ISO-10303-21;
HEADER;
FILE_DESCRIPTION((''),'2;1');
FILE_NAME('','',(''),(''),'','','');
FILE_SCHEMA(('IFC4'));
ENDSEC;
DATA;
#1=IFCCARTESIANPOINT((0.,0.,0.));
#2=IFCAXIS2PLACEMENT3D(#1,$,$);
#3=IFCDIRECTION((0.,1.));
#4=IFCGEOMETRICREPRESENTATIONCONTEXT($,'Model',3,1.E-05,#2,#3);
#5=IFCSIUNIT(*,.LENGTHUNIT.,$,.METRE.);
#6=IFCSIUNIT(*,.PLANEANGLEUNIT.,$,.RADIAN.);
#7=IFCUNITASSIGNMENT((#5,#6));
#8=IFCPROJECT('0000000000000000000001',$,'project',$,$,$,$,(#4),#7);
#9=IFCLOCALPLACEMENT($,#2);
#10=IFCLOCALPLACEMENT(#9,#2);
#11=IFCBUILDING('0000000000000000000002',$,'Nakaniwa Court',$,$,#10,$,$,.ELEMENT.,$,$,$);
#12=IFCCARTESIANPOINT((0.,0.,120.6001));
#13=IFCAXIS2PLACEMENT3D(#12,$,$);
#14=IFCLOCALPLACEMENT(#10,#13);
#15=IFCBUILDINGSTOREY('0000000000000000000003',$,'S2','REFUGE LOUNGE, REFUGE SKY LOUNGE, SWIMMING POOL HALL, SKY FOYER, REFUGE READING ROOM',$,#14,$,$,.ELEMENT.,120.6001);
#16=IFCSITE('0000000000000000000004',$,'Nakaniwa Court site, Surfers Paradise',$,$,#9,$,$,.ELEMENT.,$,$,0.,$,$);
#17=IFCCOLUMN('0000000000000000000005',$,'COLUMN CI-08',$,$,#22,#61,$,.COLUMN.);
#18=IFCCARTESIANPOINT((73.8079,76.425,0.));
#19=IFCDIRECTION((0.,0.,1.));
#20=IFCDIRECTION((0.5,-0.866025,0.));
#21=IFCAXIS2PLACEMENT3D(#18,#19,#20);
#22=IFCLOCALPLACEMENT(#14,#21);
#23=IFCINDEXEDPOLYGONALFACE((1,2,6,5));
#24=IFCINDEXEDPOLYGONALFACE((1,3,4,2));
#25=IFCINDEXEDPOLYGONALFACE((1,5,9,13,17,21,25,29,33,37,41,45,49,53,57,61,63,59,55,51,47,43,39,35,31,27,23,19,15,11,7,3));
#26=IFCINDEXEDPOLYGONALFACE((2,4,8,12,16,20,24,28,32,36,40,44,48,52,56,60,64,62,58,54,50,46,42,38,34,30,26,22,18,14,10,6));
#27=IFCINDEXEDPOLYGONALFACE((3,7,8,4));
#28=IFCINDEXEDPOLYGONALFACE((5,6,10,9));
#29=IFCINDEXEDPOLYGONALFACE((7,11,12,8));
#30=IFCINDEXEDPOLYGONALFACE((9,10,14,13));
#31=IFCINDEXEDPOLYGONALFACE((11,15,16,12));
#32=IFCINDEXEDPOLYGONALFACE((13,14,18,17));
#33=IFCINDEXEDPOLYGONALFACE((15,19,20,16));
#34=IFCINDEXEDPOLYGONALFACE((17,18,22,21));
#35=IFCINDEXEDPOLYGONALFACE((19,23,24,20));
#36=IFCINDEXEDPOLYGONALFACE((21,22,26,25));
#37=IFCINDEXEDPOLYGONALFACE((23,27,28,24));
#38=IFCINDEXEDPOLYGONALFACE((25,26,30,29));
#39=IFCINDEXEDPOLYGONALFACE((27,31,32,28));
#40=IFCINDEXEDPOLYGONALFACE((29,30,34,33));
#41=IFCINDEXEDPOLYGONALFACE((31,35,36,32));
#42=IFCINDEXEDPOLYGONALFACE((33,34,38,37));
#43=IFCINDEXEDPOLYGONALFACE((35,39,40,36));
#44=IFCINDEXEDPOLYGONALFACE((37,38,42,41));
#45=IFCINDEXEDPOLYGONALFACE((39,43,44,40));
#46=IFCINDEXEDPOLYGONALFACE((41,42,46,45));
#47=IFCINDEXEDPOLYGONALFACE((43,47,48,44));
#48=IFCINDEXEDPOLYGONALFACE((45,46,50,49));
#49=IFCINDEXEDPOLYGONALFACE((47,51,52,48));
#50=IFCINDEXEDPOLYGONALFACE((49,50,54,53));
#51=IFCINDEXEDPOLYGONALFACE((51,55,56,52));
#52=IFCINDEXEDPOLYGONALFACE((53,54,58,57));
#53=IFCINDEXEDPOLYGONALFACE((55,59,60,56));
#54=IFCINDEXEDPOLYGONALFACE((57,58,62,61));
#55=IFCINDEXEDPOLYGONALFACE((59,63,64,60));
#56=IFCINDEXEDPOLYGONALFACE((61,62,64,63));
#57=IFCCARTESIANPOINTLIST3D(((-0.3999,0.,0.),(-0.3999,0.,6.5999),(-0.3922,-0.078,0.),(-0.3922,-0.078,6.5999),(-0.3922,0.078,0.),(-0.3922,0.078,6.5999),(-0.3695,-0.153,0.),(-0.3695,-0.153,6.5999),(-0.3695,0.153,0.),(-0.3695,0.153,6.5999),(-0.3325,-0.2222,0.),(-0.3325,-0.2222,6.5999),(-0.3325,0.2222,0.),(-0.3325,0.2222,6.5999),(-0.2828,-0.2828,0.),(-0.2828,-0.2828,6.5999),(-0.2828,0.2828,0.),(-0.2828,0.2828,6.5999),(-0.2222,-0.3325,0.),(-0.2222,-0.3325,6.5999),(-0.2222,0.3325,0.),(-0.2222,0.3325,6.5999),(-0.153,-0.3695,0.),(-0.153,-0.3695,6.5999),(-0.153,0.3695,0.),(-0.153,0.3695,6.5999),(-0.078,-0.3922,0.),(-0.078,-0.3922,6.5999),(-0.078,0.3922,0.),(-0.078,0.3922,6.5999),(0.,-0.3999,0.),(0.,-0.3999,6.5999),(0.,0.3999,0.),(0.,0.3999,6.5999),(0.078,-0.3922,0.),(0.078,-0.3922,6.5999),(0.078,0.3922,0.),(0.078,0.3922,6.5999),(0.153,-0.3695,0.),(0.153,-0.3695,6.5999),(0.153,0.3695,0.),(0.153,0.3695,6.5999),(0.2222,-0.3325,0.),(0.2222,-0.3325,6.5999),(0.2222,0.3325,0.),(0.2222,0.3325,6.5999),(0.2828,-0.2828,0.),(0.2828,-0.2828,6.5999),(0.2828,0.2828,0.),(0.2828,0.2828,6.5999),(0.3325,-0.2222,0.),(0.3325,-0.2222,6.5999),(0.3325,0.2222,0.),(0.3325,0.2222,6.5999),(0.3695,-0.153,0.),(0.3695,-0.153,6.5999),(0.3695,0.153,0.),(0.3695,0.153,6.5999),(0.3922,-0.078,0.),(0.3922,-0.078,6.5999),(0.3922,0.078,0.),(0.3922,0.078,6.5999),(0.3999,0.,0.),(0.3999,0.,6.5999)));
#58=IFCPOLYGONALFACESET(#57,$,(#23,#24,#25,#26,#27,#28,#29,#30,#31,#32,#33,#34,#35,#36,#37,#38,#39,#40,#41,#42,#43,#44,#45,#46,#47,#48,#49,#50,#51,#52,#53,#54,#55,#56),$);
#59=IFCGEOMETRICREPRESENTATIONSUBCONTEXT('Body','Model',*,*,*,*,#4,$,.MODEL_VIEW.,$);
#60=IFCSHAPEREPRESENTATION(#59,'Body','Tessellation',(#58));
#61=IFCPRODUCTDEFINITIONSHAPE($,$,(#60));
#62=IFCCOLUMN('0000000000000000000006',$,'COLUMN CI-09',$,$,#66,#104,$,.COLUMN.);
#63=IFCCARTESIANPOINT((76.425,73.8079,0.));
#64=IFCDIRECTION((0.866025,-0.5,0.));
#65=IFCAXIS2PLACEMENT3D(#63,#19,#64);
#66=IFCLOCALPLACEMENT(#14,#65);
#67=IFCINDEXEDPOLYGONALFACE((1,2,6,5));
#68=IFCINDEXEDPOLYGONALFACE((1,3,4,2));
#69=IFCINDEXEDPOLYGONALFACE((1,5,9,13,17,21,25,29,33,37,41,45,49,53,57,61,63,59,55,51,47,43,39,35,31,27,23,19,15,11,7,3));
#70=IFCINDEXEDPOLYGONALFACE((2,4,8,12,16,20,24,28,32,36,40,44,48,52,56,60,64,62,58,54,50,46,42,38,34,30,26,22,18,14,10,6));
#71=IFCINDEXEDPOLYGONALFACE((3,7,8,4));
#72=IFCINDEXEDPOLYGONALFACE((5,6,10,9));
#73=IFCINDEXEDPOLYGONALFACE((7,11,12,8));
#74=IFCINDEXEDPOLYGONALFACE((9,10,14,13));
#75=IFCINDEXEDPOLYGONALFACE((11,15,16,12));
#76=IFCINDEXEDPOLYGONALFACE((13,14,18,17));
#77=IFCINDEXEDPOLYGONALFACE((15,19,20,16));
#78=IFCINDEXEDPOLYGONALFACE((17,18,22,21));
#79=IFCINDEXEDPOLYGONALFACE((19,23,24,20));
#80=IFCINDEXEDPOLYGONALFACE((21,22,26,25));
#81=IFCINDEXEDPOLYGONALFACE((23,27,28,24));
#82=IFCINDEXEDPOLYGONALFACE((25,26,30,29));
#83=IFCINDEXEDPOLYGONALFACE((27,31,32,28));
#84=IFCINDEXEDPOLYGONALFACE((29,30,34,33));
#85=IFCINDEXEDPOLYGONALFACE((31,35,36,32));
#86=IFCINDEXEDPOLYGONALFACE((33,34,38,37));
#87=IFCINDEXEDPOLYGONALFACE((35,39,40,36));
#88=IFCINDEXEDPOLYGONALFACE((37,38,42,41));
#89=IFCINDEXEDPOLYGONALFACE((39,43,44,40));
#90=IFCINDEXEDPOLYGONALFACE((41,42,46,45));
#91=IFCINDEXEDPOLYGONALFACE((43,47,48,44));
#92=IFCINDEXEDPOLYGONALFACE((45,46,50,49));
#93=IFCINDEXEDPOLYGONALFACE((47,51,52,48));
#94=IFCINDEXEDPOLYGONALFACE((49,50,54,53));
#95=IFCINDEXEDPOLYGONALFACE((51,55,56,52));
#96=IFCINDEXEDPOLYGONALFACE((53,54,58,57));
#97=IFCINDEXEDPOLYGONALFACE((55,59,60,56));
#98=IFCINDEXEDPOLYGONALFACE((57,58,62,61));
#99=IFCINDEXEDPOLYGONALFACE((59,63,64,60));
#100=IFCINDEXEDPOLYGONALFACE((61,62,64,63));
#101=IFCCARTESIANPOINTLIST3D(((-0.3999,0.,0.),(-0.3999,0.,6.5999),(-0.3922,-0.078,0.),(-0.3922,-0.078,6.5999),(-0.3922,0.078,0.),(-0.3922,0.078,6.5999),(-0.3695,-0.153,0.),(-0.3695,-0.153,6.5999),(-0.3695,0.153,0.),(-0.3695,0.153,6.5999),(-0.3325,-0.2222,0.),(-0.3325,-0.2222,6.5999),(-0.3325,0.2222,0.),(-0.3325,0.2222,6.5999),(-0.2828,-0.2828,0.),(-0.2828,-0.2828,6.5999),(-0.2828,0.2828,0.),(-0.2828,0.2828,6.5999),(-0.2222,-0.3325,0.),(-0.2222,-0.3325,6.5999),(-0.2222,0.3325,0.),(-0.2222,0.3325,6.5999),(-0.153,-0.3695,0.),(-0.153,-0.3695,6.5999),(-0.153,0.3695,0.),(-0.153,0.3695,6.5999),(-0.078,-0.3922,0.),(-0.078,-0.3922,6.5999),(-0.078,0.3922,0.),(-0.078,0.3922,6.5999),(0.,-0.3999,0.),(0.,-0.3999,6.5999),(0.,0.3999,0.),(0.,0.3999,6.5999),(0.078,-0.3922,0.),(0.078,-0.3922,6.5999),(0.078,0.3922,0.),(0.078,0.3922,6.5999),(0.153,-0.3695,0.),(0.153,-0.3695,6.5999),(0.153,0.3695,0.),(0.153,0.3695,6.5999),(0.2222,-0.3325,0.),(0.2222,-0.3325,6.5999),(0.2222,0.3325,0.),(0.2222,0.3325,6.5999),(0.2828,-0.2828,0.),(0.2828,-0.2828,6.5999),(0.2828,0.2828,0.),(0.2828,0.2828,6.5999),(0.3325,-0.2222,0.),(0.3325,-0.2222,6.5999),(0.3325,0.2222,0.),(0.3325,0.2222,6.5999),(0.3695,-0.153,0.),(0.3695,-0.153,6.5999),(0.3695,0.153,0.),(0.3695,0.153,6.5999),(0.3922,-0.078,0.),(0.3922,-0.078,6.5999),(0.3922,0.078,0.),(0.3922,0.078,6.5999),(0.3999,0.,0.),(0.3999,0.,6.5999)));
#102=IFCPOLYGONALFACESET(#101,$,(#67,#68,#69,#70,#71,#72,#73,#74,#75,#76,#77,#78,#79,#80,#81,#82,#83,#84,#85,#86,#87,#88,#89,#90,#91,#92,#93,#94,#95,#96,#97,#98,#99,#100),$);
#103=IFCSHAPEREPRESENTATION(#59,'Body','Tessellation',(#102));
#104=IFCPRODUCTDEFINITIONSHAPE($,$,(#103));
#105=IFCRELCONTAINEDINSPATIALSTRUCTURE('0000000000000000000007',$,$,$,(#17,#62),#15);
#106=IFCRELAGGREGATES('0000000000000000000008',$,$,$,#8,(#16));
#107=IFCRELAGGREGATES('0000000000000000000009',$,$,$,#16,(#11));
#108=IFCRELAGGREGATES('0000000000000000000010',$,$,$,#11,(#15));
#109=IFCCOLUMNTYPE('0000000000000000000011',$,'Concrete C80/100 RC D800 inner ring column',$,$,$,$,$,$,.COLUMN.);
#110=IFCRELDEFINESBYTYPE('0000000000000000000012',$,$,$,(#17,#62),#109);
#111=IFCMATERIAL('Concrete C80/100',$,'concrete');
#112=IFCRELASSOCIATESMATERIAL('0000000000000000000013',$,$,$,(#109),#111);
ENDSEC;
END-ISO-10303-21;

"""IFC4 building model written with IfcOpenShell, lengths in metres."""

from ifc_helpers import new_model, si_unit, direction, frame, origin, origin_2d, place, context, subcontext, project, spatial, circle, extrude, material, material_profile, profile_set, type_object, element, save


model = new_model("IFC4")

# Units and contexts
model_context = context("Model", 3, precision=1e-05, world=origin(), true_north=direction((0.0, 1.0)))
body_context = subcontext(model_context, "Body", "Model", "MODEL_VIEW")
ifc_project = project(units=[si_unit("LENGTHUNIT", "METRE"), si_unit("PLANEANGLEUNIT", "RADIAN")], contexts=[model_context])

# Site, building, storey
site_placement = place(None, origin())
site = spatial("IfcSite", under=ifc_project, at=site_placement, Name="Nakaniwa Court site, Surfers Paradise", CompositionType="ELEMENT", RefElevation=0.0)
building_placement = place(site_placement, origin())
building = spatial("IfcBuilding", under=site, at=building_placement, Name="Nakaniwa Court", CompositionType="ELEMENT")
storey_placement = place(building_placement, frame((0.0, 0.0, 120.6001)))
storey = spatial("IfcBuildingStorey", under=building, at=storey_placement, Name="S2", Description="REFUGE LOUNGE, REFUGE SKY LOUNGE, SWIMMING POOL HALL, SKY FOYER, REFUGE READING ROOM", CompositionType="ELEMENT", Elevation=120.6001)

# Columns
ifc_material_1 = material(Name="Concrete C80/100", Category="concrete")
ifc_material_profile_1 = material_profile(ifc_material_1, circle(Radius=0.3999, at=origin_2d()), Name="Concrete C80/100 RC D800 inner ring column")
ifc_profile_set_1 = profile_set([ifc_material_profile_1], Name="Concrete C80/100")
column_type = type_object("IfcColumnType", Name="Concrete C80/100 RC D800 inner ring column", PredefinedType="COLUMN", material=ifc_profile_set_1)
for number, where, z_axis, x_axis, name in (
    (1, (73.8079, 76.425, 0.0), (0.0, 0.0, 1.0), (0.5, -0.866025, 0.0), "COLUMN CI-08"),
    (2, (76.425, 73.8079, 0.0), (0.0, 0.0, 1.0), (0.866025, -0.5, 0.0), "COLUMN CI-09"),
):
    element("IfcColumn", number, at=place(storey_placement, frame(where, z_axis=z_axis, x_axis=x_axis)), inside=storey, type_object=column_type, Name=name, PredefinedType="COLUMN", context=body_context, shape_type="SweptSolid", body=[
        extrude(circle(Radius=0.3999, at=origin_2d()), origin(), (0.0, 0.0, 1.0), 6.5999),
    ])

save(model, "model.ifc")
